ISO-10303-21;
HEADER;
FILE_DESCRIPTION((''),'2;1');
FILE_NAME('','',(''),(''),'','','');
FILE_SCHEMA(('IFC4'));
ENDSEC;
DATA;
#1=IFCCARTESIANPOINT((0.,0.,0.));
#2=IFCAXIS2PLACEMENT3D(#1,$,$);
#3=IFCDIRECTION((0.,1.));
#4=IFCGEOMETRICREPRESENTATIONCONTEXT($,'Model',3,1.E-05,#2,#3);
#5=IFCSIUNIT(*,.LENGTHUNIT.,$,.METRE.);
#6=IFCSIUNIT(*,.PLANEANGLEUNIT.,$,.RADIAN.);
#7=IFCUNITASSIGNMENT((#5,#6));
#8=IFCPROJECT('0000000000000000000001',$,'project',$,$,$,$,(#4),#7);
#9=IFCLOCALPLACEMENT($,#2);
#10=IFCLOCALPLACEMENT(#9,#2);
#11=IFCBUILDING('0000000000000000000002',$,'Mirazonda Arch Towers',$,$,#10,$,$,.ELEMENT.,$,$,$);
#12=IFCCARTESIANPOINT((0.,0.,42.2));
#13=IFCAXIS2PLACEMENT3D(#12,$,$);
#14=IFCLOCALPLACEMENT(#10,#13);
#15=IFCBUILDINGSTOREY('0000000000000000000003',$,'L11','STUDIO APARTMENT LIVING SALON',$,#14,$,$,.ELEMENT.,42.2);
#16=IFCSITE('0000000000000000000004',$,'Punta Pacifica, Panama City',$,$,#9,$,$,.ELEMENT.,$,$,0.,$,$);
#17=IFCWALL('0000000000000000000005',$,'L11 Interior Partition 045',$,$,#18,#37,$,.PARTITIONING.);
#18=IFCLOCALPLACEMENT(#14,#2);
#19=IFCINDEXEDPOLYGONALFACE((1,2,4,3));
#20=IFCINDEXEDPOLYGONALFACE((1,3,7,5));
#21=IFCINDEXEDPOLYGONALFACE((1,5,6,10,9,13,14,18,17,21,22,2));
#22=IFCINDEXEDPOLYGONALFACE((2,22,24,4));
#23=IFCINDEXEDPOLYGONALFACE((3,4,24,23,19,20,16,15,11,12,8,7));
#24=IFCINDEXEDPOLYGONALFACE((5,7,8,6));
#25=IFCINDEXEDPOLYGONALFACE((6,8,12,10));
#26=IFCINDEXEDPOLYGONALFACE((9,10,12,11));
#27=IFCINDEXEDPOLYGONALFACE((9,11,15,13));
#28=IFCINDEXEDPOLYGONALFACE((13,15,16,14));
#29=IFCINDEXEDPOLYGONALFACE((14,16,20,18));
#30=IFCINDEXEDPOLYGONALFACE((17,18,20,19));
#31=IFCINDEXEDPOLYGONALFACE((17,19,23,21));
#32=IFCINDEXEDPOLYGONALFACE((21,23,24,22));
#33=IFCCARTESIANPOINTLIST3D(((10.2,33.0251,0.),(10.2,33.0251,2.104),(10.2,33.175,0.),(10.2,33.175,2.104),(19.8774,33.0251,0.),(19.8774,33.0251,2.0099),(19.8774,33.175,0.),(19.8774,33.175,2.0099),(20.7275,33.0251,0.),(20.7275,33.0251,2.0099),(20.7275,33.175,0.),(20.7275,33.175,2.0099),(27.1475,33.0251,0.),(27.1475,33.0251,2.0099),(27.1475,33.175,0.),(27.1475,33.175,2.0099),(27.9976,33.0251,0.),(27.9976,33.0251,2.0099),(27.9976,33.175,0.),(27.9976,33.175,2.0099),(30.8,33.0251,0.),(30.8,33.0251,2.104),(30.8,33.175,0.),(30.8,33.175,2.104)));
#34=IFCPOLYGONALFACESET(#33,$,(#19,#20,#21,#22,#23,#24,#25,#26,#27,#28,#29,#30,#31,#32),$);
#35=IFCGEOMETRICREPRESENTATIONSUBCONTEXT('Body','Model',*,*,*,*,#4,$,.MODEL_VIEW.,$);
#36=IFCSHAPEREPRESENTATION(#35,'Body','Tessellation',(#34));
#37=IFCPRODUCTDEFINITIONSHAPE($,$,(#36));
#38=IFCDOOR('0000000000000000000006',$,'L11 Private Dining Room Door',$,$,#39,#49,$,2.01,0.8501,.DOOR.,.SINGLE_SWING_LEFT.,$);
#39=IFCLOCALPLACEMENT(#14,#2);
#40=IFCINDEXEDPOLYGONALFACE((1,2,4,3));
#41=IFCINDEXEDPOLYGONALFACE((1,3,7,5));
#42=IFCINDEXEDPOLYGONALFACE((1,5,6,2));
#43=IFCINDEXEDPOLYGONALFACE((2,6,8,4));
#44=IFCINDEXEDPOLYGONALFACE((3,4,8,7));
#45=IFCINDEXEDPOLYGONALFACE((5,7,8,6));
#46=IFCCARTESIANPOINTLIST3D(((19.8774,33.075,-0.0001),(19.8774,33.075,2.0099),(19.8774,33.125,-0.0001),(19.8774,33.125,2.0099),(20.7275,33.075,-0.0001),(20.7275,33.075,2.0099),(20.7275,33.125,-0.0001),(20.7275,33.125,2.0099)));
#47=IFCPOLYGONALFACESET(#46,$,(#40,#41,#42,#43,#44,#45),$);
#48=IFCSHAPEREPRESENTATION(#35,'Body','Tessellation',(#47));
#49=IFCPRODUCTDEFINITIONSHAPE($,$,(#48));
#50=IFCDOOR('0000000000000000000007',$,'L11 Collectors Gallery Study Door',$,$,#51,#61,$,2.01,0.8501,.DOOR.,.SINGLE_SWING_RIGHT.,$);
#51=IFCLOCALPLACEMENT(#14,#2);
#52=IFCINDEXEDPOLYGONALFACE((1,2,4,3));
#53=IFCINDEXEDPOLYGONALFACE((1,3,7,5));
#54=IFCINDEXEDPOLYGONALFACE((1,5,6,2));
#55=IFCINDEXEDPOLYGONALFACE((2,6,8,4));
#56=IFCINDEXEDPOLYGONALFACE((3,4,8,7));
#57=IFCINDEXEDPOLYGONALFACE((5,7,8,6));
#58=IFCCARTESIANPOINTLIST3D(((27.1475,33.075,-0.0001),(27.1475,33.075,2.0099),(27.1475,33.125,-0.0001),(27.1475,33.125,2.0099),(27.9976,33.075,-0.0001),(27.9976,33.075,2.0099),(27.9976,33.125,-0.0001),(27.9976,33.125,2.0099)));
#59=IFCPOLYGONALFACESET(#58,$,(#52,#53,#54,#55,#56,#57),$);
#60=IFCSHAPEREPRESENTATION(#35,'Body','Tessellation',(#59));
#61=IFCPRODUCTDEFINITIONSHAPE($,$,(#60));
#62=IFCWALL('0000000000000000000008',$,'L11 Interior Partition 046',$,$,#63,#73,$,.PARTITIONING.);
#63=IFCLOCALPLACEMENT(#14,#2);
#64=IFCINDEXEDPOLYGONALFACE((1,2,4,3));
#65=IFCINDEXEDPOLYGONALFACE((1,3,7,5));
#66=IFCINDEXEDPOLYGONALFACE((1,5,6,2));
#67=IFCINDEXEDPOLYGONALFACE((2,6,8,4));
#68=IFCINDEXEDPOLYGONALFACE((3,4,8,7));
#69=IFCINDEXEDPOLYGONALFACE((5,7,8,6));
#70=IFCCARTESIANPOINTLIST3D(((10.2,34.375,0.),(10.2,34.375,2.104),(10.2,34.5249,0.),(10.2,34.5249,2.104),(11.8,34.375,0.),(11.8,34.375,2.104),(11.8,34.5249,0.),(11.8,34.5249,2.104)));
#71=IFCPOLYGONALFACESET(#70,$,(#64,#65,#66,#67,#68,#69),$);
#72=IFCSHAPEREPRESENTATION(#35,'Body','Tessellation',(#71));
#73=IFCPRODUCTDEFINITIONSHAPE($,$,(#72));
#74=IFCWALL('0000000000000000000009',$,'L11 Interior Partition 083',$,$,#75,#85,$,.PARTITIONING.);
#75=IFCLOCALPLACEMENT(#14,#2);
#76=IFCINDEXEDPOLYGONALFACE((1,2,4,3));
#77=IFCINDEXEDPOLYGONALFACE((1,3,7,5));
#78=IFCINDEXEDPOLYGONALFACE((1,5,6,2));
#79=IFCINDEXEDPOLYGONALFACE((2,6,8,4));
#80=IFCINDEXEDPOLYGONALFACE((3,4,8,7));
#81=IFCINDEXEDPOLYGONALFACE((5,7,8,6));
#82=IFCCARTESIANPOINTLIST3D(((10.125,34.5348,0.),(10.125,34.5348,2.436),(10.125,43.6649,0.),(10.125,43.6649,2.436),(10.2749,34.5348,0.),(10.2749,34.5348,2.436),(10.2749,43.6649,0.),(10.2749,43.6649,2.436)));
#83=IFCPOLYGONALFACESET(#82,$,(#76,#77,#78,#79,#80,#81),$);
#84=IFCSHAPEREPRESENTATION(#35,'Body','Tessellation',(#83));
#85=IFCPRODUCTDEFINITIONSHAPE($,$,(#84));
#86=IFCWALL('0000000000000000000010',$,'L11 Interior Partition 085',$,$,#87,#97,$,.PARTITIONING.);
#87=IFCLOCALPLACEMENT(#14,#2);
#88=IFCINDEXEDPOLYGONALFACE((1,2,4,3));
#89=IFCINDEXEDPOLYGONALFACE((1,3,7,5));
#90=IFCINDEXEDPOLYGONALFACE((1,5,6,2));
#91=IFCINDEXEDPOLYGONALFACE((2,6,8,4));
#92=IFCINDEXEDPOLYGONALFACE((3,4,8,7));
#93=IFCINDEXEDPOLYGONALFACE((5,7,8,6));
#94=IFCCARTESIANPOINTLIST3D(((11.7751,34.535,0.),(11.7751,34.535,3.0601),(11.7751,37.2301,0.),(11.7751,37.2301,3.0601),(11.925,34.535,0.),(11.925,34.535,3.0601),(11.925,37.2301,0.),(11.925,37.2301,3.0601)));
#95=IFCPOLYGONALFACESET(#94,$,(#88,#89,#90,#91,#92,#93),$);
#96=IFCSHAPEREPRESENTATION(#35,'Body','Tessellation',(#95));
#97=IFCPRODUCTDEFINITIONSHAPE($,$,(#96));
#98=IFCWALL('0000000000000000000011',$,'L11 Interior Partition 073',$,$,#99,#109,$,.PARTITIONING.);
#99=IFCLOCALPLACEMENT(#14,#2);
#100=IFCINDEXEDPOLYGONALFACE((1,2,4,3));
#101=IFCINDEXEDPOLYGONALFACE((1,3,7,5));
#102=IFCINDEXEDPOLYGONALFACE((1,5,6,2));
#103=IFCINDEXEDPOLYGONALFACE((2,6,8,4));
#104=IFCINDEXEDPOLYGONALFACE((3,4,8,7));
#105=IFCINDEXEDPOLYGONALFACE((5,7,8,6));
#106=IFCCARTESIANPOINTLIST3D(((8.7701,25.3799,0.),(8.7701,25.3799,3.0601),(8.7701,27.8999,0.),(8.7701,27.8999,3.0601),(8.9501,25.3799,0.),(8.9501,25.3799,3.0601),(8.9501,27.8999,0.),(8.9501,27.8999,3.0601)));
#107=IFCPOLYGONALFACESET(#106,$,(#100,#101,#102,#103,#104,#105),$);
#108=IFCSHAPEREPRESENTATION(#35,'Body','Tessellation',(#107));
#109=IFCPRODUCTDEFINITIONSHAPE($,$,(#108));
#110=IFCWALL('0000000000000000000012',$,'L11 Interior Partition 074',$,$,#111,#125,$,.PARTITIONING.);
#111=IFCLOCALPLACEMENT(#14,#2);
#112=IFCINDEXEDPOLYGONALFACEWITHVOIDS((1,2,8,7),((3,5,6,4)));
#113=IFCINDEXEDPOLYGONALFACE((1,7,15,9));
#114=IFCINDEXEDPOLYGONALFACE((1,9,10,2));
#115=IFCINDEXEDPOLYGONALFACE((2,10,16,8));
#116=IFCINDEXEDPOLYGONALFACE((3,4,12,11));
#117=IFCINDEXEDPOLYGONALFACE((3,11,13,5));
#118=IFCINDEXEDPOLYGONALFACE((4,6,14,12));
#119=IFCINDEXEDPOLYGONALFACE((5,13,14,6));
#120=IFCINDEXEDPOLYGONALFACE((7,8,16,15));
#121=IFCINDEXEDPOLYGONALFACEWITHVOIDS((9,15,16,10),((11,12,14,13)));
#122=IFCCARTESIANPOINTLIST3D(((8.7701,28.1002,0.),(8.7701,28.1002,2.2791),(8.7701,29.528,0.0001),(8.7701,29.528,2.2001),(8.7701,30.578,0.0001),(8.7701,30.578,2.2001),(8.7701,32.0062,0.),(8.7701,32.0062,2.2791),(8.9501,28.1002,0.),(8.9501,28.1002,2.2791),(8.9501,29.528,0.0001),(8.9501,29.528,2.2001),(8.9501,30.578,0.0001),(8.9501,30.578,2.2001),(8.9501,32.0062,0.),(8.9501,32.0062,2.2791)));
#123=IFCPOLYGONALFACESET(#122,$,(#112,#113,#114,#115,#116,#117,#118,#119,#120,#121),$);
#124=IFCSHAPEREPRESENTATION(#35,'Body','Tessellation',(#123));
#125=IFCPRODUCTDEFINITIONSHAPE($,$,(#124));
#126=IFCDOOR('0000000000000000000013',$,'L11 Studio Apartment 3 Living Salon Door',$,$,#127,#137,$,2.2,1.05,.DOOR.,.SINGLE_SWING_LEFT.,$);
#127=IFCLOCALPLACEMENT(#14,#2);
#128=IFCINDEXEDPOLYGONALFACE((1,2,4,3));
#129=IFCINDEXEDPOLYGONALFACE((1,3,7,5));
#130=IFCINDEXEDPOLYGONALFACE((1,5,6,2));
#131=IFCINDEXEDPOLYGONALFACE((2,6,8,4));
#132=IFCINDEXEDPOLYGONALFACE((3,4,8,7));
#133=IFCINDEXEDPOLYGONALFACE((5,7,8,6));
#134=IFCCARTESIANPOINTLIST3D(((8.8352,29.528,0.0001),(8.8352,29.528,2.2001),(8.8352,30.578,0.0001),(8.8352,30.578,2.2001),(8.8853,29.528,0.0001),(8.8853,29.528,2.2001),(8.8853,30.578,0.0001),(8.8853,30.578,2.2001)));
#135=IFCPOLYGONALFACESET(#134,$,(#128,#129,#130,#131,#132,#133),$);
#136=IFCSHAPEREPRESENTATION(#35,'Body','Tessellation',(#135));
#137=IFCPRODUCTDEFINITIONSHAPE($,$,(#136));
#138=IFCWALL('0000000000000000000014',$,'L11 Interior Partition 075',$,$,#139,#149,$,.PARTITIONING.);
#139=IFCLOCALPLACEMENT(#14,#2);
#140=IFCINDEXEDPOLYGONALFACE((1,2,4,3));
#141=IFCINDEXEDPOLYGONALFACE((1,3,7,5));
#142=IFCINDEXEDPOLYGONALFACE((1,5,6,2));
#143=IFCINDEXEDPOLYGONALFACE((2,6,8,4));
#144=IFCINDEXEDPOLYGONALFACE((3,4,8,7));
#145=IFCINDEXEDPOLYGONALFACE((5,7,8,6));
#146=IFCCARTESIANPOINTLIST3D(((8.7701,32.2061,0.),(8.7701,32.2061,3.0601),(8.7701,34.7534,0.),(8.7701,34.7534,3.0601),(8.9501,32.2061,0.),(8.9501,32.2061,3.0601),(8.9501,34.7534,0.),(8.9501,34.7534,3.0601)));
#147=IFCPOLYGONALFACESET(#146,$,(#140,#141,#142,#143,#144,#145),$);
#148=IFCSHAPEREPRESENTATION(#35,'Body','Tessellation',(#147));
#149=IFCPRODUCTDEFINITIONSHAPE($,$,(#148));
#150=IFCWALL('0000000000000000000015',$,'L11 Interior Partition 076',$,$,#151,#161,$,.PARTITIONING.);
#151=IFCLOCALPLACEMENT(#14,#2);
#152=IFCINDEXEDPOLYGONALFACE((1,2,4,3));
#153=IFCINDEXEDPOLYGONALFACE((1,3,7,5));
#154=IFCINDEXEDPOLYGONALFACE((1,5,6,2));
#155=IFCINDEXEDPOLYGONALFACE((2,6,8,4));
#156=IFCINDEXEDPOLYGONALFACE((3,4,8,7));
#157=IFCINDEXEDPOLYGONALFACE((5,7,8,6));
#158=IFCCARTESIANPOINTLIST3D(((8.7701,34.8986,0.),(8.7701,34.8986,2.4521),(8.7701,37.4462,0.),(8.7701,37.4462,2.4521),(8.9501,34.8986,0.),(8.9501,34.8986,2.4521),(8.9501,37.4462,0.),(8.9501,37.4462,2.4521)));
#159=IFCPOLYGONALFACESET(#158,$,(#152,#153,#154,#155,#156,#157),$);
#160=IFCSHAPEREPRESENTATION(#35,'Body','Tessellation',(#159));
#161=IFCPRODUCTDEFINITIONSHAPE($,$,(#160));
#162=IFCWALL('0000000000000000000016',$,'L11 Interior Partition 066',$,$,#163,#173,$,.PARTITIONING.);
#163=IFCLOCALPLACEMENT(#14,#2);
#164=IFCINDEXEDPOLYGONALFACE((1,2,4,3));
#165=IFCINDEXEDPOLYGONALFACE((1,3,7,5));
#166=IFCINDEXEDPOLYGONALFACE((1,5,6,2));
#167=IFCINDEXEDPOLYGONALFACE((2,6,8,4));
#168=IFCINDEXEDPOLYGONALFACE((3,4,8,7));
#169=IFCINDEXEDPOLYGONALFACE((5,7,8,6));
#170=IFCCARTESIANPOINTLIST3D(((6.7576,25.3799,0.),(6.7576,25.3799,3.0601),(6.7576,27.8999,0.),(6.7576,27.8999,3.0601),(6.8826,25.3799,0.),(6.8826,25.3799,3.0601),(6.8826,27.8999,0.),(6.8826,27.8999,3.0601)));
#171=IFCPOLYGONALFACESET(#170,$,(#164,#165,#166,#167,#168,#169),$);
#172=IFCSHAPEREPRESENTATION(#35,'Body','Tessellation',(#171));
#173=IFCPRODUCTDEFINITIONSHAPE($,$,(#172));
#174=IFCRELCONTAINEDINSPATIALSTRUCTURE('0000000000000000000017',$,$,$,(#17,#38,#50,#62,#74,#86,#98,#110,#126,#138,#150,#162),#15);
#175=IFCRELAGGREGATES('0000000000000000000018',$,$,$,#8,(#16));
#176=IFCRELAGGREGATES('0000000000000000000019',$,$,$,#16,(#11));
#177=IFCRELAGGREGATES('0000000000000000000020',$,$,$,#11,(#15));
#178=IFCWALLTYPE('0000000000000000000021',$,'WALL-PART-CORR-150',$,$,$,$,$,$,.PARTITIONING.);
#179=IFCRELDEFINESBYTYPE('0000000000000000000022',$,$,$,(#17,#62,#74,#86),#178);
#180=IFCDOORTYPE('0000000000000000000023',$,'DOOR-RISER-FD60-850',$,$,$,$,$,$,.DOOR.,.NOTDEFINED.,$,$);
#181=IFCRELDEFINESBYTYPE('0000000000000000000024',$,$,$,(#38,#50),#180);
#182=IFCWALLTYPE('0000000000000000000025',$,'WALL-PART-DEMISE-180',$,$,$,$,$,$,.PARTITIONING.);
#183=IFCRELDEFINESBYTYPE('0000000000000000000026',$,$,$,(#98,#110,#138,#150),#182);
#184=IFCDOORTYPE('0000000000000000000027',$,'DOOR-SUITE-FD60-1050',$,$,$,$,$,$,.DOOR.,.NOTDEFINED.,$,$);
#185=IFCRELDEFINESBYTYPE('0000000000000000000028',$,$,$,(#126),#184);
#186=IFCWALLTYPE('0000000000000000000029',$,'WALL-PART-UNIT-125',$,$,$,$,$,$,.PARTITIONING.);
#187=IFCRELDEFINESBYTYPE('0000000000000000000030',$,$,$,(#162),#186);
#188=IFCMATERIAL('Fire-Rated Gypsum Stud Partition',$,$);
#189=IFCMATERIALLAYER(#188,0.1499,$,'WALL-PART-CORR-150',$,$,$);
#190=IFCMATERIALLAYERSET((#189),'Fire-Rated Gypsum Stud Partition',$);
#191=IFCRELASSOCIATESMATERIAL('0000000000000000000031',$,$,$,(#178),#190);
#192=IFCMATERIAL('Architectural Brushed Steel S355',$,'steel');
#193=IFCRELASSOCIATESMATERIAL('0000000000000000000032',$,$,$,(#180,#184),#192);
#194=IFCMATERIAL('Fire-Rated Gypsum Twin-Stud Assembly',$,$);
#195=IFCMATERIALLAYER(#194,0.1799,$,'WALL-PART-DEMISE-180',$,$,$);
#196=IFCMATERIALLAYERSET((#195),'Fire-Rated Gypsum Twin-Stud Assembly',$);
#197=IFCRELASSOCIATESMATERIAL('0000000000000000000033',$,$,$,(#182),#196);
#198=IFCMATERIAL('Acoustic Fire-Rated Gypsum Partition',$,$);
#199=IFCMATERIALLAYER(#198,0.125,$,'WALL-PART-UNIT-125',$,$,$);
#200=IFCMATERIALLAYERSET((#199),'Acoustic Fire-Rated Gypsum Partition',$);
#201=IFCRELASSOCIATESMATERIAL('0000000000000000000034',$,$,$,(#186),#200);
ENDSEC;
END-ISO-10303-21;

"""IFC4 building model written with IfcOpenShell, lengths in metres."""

from ifc_helpers import new_model, si_unit, direction, frame, frame_2d, origin, place, context, subcontext, project, spatial, rectangle, extrude, material, layer, layer_set, type_object, element, fill, save


model = new_model("IFC4")

# Units and contexts
model_context = context("Model", 3, precision=1e-05, world=origin(), true_north=direction((0.0, 1.0)))
body_context = subcontext(model_context, "Body", "Model", "MODEL_VIEW")
ifc_project = project(units=[si_unit("LENGTHUNIT", "METRE"), si_unit("PLANEANGLEUNIT", "RADIAN")], contexts=[model_context])

# Site, building, storey
site_placement = place(None, origin())
site = spatial("IfcSite", under=ifc_project, at=site_placement, Name="Punta Pacifica, Panama City", CompositionType="ELEMENT", RefElevation=0.0)
building_placement = place(site_placement, origin())
building = spatial("IfcBuilding", under=site, at=building_placement, Name="Mirazonda Arch Towers", CompositionType="ELEMENT")
storey_placement = place(building_placement, frame((0.0, 0.0, 42.2)))
storey = spatial("IfcBuildingStorey", under=building, at=storey_placement, Name="L11", Description="STUDIO APARTMENT LIVING SALON", CompositionType="ELEMENT", Elevation=42.2)

# Wall, openings, doors
ifc_material_1 = material(Name="Architectural Brushed Steel S355", Category="steel")
ifc_material_2 = material(Name="Fire-Rated Gypsum Stud Partition")
ifc_layer_1 = layer(ifc_material_2, 0.1499, Name="WALL-PART-CORR-150")
ifc_layer_set_1 = layer_set([ifc_layer_1], Name="Fire-Rated Gypsum Stud Partition")
wall_type_1 = type_object("IfcWallType", Name="WALL-PART-CORR-150", PredefinedType="PARTITIONING", material=ifc_layer_set_1)
wall_1_placement = place(storey_placement, frame((10.2, 33.1001, 0.0), z_axis=(0.0, 0.0, 1.0), x_axis=(1.0, 0.0, 0.0)))
wall_1 = element("IfcWall", 1, at=wall_1_placement, inside=storey, type_object=wall_type_1, Name="L11 Interior Partition 045", PredefinedType="PARTITIONING", context=body_context, shape_type="SweptSolid", body=[
    extrude(rectangle(XDim=20.6001, YDim=0.1499, at=frame_2d((10.3, 0.0))), origin(), (0.0, 0.0, 1.0), 2.104),
])
opening_1_placement = place(wall_1_placement, frame((9.6775, 0.0, 0.0)))
opening_1 = element("IfcOpeningElement", 2, at=opening_1_placement, cuts=wall_1, PredefinedType="OPENING", context=body_context, shape_type="SweptSolid", body=[
    extrude(rectangle(XDim=0.8501, YDim=2.01, at=frame_2d((0.425, 1.0049))), frame((0.0, 0.085, 0.0), z_axis=(0.0, -1.0, 0.0), x_axis=(1.0, 0.0, 0.0)), (0.0, 0.0, 1.0), 0.1699),
])
opening_2_placement = place(wall_1_placement, frame((16.9475, 0.0, 0.0)))
opening_2 = element("IfcOpeningElement", 3, at=opening_2_placement, cuts=wall_1, PredefinedType="OPENING", context=body_context, shape_type="SweptSolid", body=[
    extrude(rectangle(XDim=0.8501, YDim=2.01, at=frame_2d((0.425, 1.0049))), frame((0.0, 0.085, 0.0), z_axis=(0.0, -1.0, 0.0), x_axis=(1.0, 0.0, 0.0)), (0.0, 0.0, 1.0), 0.1699),
])
door_type_1 = type_object("IfcDoorType", Name="DOOR-RISER-FD60-850", OperationType="NOTDEFINED", PredefinedType="DOOR", material=ifc_material_1)
door_1_placement = place(opening_1_placement, origin())
door_1 = element("IfcDoor", 4, at=door_1_placement, inside=storey, type_object=door_type_1, Name="L11 Private Dining Room Door", OperationType="SINGLE_SWING_LEFT", OverallHeight=2.01, OverallWidth=0.8501, PredefinedType="DOOR", context=body_context, shape_type="SweptSolid", body=[
    extrude(rectangle(XDim=0.8501, YDim=2.01, at=frame_2d((0.425, 1.0049))), frame((0.0, 0.0249, 0.0), z_axis=(0.0, -1.0, 0.0), x_axis=(1.0, 0.0, 0.0)), (0.0, 0.0, 1.0), 0.05),
])
fill(opening_1, door_1)
door_2_placement = place(opening_2_placement, origin())
door_2 = element("IfcDoor", 5, at=door_2_placement, inside=storey, type_object=door_type_1, Name="L11 Collectors Gallery Study Door", OperationType="SINGLE_SWING_RIGHT", OverallHeight=2.01, OverallWidth=0.8501, PredefinedType="DOOR", context=body_context, shape_type="SweptSolid", body=[
    extrude(rectangle(XDim=0.8501, YDim=2.01, at=frame_2d((0.425, 1.0049))), frame((0.0, 0.0249, 0.0), z_axis=(0.0, -1.0, 0.0), x_axis=(1.0, 0.0, 0.0)), (0.0, 0.0, 1.0), 0.05),
])
fill(opening_2, door_2)

# Walls
wall_2_placement = place(storey_placement, frame((10.2, 34.45, 0.0), z_axis=(0.0, 0.0, 1.0), x_axis=(1.0, 0.0, 0.0)))
element("IfcWall", 6, at=wall_2_placement, inside=storey, type_object=wall_type_1, Name="L11 Interior Partition 046", PredefinedType="PARTITIONING", context=body_context, shape_type="SweptSolid", body=[
    extrude(rectangle(XDim=1.6001, YDim=0.1499, at=frame_2d((0.8, 0.0))), origin(), (0.0, 0.0, 1.0), 2.104),
])
wall_3_placement = place(storey_placement, frame((10.2, 34.5349, 0.0), z_axis=(0.0, 0.0, 1.0), x_axis=(0.0, 1.0, 0.0)))
element("IfcWall", 7, at=wall_3_placement, inside=storey, type_object=wall_type_1, Name="L11 Interior Partition 083", PredefinedType="PARTITIONING", context=body_context, shape_type="SweptSolid", body=[
    extrude(rectangle(XDim=9.1301, YDim=0.1499, at=frame_2d((4.5649, 0.0))), origin(), (0.0, 0.0, 1.0), 2.436),
])
wall_4_placement = place(storey_placement, frame((11.8501, 34.5349, 0.0), z_axis=(0.0, 0.0, 1.0), x_axis=(0.0, 1.0, 0.0)))
element("IfcWall", 8, at=wall_4_placement, inside=storey, type_object=wall_type_1, Name="L11 Interior Partition 085", PredefinedType="PARTITIONING", context=body_context, shape_type="SweptSolid", body=[
    extrude(rectangle(XDim=2.6951, YDim=0.1499, at=frame_2d((1.3477, 0.0))), origin(), (0.0, 0.0, 1.0), 3.0601),
])
ifc_material_3 = material(Name="Fire-Rated Gypsum Twin-Stud Assembly")
ifc_layer_2 = layer(ifc_material_3, 0.1799, Name="WALL-PART-DEMISE-180")
ifc_layer_set_2 = layer_set([ifc_layer_2], Name="Fire-Rated Gypsum Twin-Stud Assembly")
wall_type_2 = type_object("IfcWallType", Name="WALL-PART-DEMISE-180", PredefinedType="PARTITIONING", material=ifc_layer_set_2)
wall_5_placement = place(storey_placement, frame((8.8601, 25.3799, 0.0), z_axis=(0.0, 0.0, 1.0), x_axis=(0.0, 1.0, 0.0)))
element("IfcWall", 9, at=wall_5_placement, inside=storey, type_object=wall_type_2, Name="L11 Interior Partition 073", PredefinedType="PARTITIONING", context=body_context, shape_type="SweptSolid", body=[
    extrude(rectangle(XDim=2.52, YDim=0.1799, at=frame_2d((1.26, 0.0))), origin(), (0.0, 0.0, 1.0), 3.0601),
])

# Wall, opening, door
wall_6_placement = place(storey_placement, frame((8.8601, 28.1001, 0.0), z_axis=(0.0, 0.0, 1.0), x_axis=(0.0, 1.0, 0.0)))
wall_6 = element("IfcWall", 10, at=wall_6_placement, inside=storey, type_object=wall_type_2, Name="L11 Interior Partition 074", PredefinedType="PARTITIONING", context=body_context, shape_type="SweptSolid", body=[
    extrude(rectangle(XDim=3.906, YDim=0.1799, at=frame_2d((1.9531, 0.0))), origin(), (0.0, 0.0, 1.0), 2.2791),
])
opening_3_placement = place(wall_6_placement, frame((1.428, 0.0, 0.0)))
opening_3 = element("IfcOpeningElement", 11, at=opening_3_placement, cuts=wall_6, PredefinedType="OPENING", context=body_context, shape_type="SweptSolid", body=[
    extrude(rectangle(XDim=1.05, YDim=2.2, at=frame_2d((0.5249, 1.1001))), frame((0.0, 0.0999, 0.0), z_axis=(0.0, -1.0, 0.0), x_axis=(1.0, 0.0, 0.0)), (0.0, 0.0, 1.0), 0.2),
])
door_type_2 = type_object("IfcDoorType", Name="DOOR-SUITE-FD60-1050", OperationType="NOTDEFINED", PredefinedType="DOOR", material=ifc_material_1)
door_3_placement = place(opening_3_placement, origin())
door_3 = element("IfcDoor", 12, at=door_3_placement, inside=storey, type_object=door_type_2, Name="L11 Studio Apartment 3 Living Salon Door", OperationType="SINGLE_SWING_LEFT", OverallHeight=2.2, OverallWidth=1.05, PredefinedType="DOOR", context=body_context, shape_type="SweptSolid", body=[
    extrude(rectangle(XDim=1.05, YDim=2.2, at=frame_2d((0.5249, 1.1001))), frame((0.0, 0.0249, 0.0), z_axis=(0.0, -1.0, 0.0), x_axis=(1.0, 0.0, 0.0)), (0.0, 0.0, 1.0), 0.05),
])
fill(opening_3, door_3)

# Walls
wall_7_placement = place(storey_placement, frame((8.8601, 32.2061, 0.0), z_axis=(0.0, 0.0, 1.0), x_axis=(0.0, 1.0, 0.0)))
element("IfcWall", 13, at=wall_7_placement, inside=storey, type_object=wall_type_2, Name="L11 Interior Partition 075", PredefinedType="PARTITIONING", context=body_context, shape_type="SweptSolid", body=[
    extrude(rectangle(XDim=2.5474, YDim=0.1799, at=frame_2d((1.2737, 0.0))), origin(), (0.0, 0.0, 1.0), 3.0601),
])
wall_8_placement = place(storey_placement, frame((8.8601, 34.8984, 0.0), z_axis=(0.0, 0.0, 1.0), x_axis=(0.0, 1.0, 0.0)))
element("IfcWall", 14, at=wall_8_placement, inside=storey, type_object=wall_type_2, Name="L11 Interior Partition 076", PredefinedType="PARTITIONING", context=body_context, shape_type="SweptSolid", body=[
    extrude(rectangle(XDim=2.5476, YDim=0.1799, at=frame_2d((1.2739, 0.0))), origin(), (0.0, 0.0, 1.0), 2.4521),
])
ifc_material_4 = material(Name="Acoustic Fire-Rated Gypsum Partition")
ifc_layer_3 = layer(ifc_material_4, 0.125, Name="WALL-PART-UNIT-125")
ifc_layer_set_3 = layer_set([ifc_layer_3], Name="Acoustic Fire-Rated Gypsum Partition")
wall_type_3 = type_object("IfcWallType", Name="WALL-PART-UNIT-125", PredefinedType="PARTITIONING", material=ifc_layer_set_3)
wall_9_placement = place(storey_placement, frame((6.8201, 25.3799, 0.0), z_axis=(0.0, 0.0, 1.0), x_axis=(0.0, 1.0, 0.0)))
element("IfcWall", 15, at=wall_9_placement, inside=storey, type_object=wall_type_3, Name="L11 Interior Partition 066", PredefinedType="PARTITIONING", context=body_context, shape_type="SweptSolid", body=[
    extrude(rectangle(XDim=2.52, YDim=0.125, at=frame_2d((1.26, 0.0))), origin(), (0.0, 0.0, 1.0), 3.0601),
])

save(model, "model.ifc")
